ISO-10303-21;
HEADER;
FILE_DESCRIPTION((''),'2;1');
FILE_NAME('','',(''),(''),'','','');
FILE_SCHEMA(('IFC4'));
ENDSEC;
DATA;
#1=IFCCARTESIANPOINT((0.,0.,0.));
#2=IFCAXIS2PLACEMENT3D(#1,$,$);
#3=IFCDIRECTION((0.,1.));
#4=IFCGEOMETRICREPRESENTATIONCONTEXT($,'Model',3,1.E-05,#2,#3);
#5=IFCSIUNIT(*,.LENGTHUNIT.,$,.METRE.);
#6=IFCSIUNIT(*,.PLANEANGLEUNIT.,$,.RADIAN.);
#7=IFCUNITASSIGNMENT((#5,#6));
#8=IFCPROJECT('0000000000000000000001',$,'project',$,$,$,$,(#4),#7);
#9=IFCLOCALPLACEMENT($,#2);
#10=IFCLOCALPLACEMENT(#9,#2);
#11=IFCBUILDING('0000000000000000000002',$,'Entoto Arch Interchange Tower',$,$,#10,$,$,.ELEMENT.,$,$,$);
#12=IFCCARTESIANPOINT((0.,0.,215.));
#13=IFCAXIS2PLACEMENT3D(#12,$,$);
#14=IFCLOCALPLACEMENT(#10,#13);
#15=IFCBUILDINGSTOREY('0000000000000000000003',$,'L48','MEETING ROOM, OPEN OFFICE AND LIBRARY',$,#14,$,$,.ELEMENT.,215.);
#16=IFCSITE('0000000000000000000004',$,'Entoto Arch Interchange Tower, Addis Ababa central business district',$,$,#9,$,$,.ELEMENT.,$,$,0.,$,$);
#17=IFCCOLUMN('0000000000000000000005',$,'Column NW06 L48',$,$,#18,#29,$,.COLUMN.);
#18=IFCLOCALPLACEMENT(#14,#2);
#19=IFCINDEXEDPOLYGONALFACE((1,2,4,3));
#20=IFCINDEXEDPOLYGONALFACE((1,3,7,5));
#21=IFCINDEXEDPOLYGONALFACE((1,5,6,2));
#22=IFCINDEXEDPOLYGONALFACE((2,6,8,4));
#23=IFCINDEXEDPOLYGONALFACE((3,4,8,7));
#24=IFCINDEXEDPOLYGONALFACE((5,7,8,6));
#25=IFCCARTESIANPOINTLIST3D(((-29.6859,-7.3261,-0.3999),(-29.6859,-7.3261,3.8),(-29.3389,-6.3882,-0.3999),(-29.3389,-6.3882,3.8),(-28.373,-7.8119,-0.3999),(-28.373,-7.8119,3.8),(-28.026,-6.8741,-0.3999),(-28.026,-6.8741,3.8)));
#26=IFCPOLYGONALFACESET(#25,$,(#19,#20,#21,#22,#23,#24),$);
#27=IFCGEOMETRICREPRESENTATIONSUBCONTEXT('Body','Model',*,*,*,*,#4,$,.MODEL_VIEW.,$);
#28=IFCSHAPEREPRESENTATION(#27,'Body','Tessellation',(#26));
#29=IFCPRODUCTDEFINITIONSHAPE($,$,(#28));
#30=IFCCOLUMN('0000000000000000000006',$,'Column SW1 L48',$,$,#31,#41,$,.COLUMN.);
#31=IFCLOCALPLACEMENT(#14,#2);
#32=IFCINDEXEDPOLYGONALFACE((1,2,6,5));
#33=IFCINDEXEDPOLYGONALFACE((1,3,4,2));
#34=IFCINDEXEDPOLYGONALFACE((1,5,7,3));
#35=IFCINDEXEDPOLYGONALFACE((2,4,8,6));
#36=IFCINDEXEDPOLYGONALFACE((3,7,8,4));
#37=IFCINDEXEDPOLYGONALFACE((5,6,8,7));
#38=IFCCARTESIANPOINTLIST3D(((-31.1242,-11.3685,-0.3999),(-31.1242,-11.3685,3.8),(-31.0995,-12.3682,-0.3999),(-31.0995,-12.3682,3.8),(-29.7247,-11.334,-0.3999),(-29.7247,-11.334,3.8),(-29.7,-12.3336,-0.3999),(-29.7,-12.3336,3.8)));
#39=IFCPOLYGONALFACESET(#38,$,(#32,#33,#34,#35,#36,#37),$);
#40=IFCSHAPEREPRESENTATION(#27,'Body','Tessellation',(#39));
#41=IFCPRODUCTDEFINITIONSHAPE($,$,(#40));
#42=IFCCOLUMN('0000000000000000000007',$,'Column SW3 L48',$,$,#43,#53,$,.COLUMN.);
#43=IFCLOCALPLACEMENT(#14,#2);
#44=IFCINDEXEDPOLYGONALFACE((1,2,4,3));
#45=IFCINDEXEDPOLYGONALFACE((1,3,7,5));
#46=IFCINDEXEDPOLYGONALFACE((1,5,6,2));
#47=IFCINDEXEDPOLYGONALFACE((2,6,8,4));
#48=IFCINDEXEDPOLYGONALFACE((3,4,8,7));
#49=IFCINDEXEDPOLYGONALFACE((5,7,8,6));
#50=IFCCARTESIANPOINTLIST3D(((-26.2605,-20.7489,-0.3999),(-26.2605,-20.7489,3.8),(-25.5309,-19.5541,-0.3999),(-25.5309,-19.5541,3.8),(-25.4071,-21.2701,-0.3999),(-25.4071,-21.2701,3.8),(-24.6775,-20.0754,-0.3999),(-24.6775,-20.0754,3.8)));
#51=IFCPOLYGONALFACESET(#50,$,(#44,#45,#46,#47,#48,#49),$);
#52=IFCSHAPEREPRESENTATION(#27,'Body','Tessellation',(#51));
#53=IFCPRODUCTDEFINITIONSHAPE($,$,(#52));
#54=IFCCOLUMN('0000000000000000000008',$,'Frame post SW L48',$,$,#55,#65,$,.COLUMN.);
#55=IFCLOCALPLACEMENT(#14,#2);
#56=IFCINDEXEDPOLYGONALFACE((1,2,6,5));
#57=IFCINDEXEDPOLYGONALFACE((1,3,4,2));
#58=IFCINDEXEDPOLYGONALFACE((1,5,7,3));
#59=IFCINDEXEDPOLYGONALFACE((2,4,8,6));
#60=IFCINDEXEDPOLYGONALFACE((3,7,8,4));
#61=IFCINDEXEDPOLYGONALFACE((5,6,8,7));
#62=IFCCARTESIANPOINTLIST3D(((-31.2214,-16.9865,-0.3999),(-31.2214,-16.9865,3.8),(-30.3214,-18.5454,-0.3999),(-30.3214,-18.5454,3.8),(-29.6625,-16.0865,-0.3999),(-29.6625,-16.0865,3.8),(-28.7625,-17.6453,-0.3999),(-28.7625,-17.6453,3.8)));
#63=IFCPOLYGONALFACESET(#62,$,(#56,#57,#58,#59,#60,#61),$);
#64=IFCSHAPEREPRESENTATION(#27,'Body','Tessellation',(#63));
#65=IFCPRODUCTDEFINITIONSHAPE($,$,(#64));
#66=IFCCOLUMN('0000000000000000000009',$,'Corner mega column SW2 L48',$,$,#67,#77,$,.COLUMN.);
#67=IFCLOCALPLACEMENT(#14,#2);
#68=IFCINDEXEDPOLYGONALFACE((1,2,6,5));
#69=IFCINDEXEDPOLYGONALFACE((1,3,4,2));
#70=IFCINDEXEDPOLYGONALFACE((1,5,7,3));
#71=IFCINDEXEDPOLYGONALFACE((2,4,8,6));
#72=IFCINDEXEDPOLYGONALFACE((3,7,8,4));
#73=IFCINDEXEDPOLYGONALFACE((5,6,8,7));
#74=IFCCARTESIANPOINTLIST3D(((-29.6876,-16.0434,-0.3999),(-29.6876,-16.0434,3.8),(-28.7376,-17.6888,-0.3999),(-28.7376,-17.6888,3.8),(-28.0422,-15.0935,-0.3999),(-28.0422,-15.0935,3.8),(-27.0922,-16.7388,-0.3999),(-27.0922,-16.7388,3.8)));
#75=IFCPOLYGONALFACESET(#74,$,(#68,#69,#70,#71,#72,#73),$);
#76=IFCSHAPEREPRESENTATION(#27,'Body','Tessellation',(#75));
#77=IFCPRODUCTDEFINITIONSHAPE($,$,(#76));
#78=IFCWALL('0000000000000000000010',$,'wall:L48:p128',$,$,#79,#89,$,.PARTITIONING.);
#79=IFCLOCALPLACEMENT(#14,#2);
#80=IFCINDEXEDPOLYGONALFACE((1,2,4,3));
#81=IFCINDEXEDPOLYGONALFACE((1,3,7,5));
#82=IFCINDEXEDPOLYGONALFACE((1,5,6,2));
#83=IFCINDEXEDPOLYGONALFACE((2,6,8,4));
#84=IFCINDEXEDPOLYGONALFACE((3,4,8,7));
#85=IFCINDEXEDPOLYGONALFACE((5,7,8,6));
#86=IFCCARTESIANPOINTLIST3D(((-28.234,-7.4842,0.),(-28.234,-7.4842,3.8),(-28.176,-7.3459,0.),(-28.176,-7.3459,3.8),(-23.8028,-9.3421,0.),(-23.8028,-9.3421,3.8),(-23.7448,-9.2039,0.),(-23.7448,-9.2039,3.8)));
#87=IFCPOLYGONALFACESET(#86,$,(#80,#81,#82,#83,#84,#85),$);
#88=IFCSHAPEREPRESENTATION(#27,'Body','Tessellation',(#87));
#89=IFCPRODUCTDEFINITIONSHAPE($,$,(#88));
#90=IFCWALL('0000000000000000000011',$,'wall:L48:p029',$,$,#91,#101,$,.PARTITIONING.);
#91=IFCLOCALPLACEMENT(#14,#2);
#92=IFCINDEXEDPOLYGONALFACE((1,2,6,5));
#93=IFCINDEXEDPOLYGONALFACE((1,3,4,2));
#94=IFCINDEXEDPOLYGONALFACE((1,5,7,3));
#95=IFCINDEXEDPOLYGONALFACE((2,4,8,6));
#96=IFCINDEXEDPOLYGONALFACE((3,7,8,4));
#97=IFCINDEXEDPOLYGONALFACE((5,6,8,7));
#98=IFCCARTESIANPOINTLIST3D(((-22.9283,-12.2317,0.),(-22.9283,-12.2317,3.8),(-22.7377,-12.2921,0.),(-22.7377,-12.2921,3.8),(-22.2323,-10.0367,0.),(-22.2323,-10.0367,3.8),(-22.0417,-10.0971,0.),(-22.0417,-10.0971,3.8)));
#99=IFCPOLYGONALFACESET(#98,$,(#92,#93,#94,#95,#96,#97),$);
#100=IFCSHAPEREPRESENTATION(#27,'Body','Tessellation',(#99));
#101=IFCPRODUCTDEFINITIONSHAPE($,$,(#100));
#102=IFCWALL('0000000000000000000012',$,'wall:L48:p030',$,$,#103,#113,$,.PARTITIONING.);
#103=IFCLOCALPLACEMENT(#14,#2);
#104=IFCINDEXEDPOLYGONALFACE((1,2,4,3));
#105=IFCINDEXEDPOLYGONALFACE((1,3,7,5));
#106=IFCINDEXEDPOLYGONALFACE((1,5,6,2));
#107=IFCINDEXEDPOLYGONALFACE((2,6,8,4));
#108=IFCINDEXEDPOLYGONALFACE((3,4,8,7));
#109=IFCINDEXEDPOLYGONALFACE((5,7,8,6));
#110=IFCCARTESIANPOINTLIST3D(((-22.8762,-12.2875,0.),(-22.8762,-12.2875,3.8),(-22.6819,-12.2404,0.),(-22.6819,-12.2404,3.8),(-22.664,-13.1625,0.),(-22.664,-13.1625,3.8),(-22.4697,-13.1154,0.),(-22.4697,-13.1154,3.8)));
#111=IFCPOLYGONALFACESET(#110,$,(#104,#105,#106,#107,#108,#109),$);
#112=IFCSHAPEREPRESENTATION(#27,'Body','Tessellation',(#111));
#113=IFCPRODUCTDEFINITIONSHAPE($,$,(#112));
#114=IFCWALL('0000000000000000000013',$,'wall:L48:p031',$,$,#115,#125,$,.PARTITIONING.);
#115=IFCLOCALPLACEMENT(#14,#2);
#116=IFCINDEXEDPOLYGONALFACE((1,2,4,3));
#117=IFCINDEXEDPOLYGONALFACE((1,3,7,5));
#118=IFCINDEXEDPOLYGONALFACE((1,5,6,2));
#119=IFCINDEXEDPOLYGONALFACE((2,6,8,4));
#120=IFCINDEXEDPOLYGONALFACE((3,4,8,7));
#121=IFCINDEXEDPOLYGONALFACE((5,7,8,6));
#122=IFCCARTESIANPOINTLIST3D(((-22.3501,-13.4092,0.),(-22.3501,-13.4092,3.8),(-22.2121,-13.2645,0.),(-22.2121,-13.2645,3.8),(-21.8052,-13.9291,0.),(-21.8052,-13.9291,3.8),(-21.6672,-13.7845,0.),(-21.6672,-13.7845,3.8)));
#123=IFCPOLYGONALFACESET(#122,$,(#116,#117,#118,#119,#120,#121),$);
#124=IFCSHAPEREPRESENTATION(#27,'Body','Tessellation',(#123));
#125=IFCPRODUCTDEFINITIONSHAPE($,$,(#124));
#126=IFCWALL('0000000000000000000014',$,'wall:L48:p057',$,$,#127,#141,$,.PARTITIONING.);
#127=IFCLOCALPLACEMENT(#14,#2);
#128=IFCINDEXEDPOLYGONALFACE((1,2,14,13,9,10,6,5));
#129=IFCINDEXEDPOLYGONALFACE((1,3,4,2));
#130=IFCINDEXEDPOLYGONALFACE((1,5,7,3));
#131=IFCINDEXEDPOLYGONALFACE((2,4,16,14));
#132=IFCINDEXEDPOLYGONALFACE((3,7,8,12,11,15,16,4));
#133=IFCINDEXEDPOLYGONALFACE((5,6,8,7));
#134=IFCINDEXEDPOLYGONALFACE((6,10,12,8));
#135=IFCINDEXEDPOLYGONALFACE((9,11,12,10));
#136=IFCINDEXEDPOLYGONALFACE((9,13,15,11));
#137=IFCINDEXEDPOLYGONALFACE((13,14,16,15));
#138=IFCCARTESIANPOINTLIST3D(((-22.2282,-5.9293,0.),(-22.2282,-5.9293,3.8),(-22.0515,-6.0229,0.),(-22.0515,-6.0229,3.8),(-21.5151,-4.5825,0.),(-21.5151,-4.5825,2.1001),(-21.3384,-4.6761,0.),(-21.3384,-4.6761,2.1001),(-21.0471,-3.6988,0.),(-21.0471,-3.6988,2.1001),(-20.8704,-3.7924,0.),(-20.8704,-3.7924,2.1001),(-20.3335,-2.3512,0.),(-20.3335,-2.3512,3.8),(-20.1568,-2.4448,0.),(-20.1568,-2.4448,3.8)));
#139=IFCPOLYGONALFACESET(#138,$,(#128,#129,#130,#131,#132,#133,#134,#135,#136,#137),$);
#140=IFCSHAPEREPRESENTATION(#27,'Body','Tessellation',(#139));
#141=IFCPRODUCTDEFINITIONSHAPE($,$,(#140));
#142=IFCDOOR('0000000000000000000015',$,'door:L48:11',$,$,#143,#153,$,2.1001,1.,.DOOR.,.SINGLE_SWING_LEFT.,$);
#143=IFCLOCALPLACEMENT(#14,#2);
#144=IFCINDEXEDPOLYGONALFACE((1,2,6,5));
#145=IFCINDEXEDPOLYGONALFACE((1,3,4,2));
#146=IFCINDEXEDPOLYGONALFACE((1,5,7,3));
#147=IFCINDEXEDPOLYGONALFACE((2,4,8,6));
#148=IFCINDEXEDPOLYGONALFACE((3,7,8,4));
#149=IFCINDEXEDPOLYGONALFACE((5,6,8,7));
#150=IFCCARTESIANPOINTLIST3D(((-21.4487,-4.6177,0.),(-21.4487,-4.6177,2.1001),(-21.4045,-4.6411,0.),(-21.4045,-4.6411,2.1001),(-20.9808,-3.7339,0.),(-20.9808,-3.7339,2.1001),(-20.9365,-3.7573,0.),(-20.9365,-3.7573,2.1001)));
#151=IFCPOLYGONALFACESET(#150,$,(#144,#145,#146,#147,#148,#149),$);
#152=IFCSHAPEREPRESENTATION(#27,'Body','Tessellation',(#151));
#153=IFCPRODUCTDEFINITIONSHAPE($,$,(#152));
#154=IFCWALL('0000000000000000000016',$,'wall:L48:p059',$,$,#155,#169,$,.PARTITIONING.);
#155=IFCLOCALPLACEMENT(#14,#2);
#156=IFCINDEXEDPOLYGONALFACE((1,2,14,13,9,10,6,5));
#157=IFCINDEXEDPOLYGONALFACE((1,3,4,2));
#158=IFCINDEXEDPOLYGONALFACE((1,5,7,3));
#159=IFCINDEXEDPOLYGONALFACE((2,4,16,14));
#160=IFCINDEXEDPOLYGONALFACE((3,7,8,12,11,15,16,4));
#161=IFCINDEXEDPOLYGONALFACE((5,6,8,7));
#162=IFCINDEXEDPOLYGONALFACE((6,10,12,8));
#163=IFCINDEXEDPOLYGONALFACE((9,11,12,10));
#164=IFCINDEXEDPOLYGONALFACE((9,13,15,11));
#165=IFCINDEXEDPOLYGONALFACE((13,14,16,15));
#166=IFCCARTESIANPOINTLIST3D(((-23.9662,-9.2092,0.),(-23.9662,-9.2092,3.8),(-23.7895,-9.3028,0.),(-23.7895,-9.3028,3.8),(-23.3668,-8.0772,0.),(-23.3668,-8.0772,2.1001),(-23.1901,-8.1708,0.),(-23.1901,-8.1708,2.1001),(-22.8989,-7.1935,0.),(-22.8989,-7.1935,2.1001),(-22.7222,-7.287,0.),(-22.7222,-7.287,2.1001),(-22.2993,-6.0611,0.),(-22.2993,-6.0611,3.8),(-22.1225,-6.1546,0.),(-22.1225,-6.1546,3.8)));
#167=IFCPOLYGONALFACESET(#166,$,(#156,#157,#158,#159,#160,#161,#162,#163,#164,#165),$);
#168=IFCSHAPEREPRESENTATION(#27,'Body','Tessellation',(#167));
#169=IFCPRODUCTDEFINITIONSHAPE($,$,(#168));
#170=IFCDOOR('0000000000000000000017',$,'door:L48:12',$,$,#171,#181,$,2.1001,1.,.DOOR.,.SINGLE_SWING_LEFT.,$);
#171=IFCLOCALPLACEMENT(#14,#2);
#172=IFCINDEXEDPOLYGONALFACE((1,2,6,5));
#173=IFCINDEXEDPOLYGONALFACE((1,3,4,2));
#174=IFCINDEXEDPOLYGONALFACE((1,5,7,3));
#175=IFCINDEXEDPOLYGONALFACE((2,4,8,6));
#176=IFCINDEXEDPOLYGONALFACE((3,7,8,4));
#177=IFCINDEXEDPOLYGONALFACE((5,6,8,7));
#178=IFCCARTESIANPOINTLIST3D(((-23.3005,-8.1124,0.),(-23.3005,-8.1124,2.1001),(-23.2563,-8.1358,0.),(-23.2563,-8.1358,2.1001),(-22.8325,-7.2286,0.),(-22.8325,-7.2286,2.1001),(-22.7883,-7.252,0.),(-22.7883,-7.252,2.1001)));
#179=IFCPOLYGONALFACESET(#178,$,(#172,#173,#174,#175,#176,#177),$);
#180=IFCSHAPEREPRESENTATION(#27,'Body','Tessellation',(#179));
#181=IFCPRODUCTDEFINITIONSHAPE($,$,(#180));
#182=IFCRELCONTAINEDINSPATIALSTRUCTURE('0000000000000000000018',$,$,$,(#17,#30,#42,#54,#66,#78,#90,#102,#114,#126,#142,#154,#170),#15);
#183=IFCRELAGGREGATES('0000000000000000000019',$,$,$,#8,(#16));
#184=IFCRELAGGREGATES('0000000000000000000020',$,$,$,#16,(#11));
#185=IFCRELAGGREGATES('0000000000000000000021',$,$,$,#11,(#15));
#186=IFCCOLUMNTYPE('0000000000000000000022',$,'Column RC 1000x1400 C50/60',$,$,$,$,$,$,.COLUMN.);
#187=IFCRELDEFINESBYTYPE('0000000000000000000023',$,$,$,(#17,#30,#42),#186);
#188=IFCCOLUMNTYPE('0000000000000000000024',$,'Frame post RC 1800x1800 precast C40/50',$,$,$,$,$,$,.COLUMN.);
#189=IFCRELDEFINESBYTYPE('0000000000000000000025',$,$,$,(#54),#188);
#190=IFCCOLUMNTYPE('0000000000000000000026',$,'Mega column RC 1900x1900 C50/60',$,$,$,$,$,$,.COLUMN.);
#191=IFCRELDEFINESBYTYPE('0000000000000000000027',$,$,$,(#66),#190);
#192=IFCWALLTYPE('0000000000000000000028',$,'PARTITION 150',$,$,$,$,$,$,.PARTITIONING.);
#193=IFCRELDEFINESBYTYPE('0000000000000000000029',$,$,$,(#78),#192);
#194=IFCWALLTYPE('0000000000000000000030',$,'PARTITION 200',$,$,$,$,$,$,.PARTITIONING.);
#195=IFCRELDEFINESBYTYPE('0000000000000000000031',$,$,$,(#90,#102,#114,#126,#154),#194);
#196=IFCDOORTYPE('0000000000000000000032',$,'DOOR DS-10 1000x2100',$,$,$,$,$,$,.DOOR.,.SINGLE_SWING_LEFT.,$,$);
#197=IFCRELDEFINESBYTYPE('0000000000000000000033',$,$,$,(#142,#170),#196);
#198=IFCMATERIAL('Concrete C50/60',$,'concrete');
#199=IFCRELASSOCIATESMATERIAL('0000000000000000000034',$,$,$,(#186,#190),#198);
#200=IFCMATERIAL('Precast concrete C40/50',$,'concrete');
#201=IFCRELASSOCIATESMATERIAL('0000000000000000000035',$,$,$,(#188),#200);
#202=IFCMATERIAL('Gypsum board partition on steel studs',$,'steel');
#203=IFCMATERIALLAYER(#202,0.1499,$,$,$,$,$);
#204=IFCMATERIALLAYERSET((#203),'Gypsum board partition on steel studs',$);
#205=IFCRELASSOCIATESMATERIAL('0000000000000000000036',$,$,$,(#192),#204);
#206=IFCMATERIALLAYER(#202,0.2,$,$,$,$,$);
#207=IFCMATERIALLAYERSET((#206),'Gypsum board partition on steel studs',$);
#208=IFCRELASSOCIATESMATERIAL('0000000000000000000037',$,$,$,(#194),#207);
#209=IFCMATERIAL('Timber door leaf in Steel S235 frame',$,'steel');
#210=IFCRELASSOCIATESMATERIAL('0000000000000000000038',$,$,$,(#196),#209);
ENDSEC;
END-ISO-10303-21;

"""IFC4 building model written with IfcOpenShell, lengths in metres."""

from ifc_helpers import new_model, si_unit, direction, frame, frame_2d, origin, origin_2d, place, context, subcontext, project, spatial, rectangle, extrude, material, layer, layer_set, material_profile, profile_set, type_object, element, fill, save


model = new_model("IFC4")

# Units and contexts
model_context = context("Model", 3, precision=1e-05, world=origin(), true_north=direction((0.0, 1.0)))
body_context = subcontext(model_context, "Body", "Model", "MODEL_VIEW")
ifc_project = project(units=[si_unit("LENGTHUNIT", "METRE"), si_unit("PLANEANGLEUNIT", "RADIAN")], contexts=[model_context])

# Site, building, storey
site_placement = place(None, origin())
site = spatial("IfcSite", under=ifc_project, at=site_placement, Name="Entoto Arch Interchange Tower, Addis Ababa central business district", CompositionType="ELEMENT", RefElevation=0.0)
building_placement = place(site_placement, origin())
building = spatial("IfcBuilding", under=site, at=building_placement, Name="Entoto Arch Interchange Tower", CompositionType="ELEMENT")
storey_placement = place(building_placement, frame((0.0, 0.0, 215.0)))
storey = spatial("IfcBuildingStorey", under=building, at=storey_placement, Name="L48", Description="MEETING ROOM, OPEN OFFICE AND LIBRARY", CompositionType="ELEMENT", Elevation=215.0)

# Columns
ifc_material_1 = material(Name="Concrete C50/60", Category="concrete")
ifc_material_profile_1 = material_profile(ifc_material_1, rectangle(XDim=1.0, YDim=1.3999, at=origin_2d()))
ifc_profile_set_1 = profile_set([ifc_material_profile_1], Name="Concrete C50/60")
column_type_1 = type_object("IfcColumnType", Name="Column RC 1000x1400 C50/60", PredefinedType="COLUMN", material=ifc_profile_set_1)
for number, where, z_axis, x_axis, name in (
    (1, (-28.856, -7.1001, -0.3999), (0.0, 0.0, 1.0), (0.347067, 0.93784, 0.0), "Column NW06 L48"),
    (2, (-30.4121, -11.8511, -0.3999), (0.0, 0.0, 1.0), (-0.024676, 0.999695, 0.0), "Column SW1 L48"),
    (3, (-25.469, -20.4121, -0.3999), (0.0, 0.0, 1.0), (-0.853423, 0.521218, 0.0), "Column SW3 L48"),
):
    element("IfcColumn", number, at=place(storey_placement, frame(where, z_axis=z_axis, x_axis=x_axis)), inside=storey, type_object=column_type_1, Name=name, PredefinedType="COLUMN", context=body_context, shape_type="SweptSolid", body=[
        extrude(rectangle(XDim=1.0, YDim=1.3999, at=origin_2d()), origin(), (0.0, 0.0, 1.0), 4.2),
    ])
ifc_material_2 = material(Name="Precast concrete C40/50", Category="concrete")
ifc_material_profile_2 = material_profile(ifc_material_2, rectangle(XDim=1.8, YDim=1.8, at=origin_2d()))
ifc_profile_set_2 = profile_set([ifc_material_profile_2], Name="Precast concrete C40/50")
column_type_2 = type_object("IfcColumnType", Name="Frame post RC 1800x1800 precast C40/50", PredefinedType="COLUMN", material=ifc_profile_set_2)
column_1_placement = place(storey_placement, frame((-29.9919, -17.3159, -0.3999), z_axis=(0.0, 0.0, 1.0), x_axis=(0.866025, 0.5, 0.0)))
element("IfcColumn", 4, at=column_1_placement, inside=storey, type_object=column_type_2, Name="Frame post SW L48", PredefinedType="COLUMN", context=body_context, shape_type="SweptSolid", body=[
    extrude(rectangle(XDim=1.8, YDim=1.8, at=origin_2d()), origin(), (0.0, 0.0, 1.0), 4.2),
])
ifc_material_profile_3 = material_profile(ifc_material_1, rectangle(XDim=1.8999, YDim=1.8999, at=origin_2d()))
ifc_profile_set_3 = profile_set([ifc_material_profile_3], Name="Concrete C50/60")
column_type_3 = type_object("IfcColumnType", Name="Mega column RC 1900x1900 C50/60", PredefinedType="COLUMN", material=ifc_profile_set_3)
column_2_placement = place(storey_placement, frame((-28.3899, -16.3911, -0.3999), z_axis=(0.0, 0.0, 1.0), x_axis=(0.866025, 0.5, 0.0)))
element("IfcColumn", 5, at=column_2_placement, inside=storey, type_object=column_type_3, Name="Corner mega column SW2 L48", PredefinedType="COLUMN", context=body_context, shape_type="SweptSolid", body=[
    extrude(rectangle(XDim=1.8999, YDim=1.8999, at=origin_2d()), origin(), (0.0, 0.0, 1.0), 4.2),
])

# Walls
ifc_material_3 = material(Name="Gypsum board partition on steel studs", Category="steel")
ifc_layer_1 = layer(ifc_material_3, 0.1499)
ifc_layer_set_1 = layer_set([ifc_layer_1], Name="Gypsum board partition on steel studs")
wall_type_1 = type_object("IfcWallType", Name="PARTITION 150", PredefinedType="PARTITIONING", material=ifc_layer_set_1)
wall_1_placement = place(storey_placement, frame((-23.7739, -9.2729, 0.0), z_axis=(0.0, 0.0, 1.0), x_axis=(-0.922218, 0.386671, 0.0)))
element("IfcWall", 6, at=wall_1_placement, inside=storey, type_object=wall_type_1, Name="wall:L48:p128", PredefinedType="PARTITIONING", context=body_context, shape_type="SweptSolid", body=[
    extrude(rectangle(XDim=4.8049, YDim=0.1499, at=frame_2d((2.4023, 0.0))), origin(), (0.0, 0.0, 1.0), 3.8),
])
ifc_layer_2 = layer(ifc_material_3, 0.2)
ifc_layer_set_2 = layer_set([ifc_layer_2], Name="Gypsum board partition on steel studs")
wall_type_2 = type_object("IfcWallType", Name="PARTITION 200", PredefinedType="PARTITIONING", material=ifc_layer_set_2)
wall_2_placement = place(storey_placement, frame((-22.137, -10.0669, 0.0), z_axis=(0.0, 0.0, 1.0), x_axis=(-0.302263, -0.953225, 0.0)))
element("IfcWall", 7, at=wall_2_placement, inside=storey, type_object=wall_type_2, Name="wall:L48:p029", PredefinedType="PARTITIONING", context=body_context, shape_type="SweptSolid", body=[
    extrude(rectangle(XDim=2.3027, YDim=0.2, at=frame_2d((1.1514, 0.0))), origin(), (0.0, 0.0, 1.0), 3.8),
])
wall_3_placement = place(storey_placement, frame((-22.7791, -12.2639, 0.0), z_axis=(0.0, 0.0, 1.0), x_axis=(0.235639, -0.971841, 0.0)))
element("IfcWall", 8, at=wall_3_placement, inside=storey, type_object=wall_type_2, Name="wall:L48:p030", PredefinedType="PARTITIONING", context=body_context, shape_type="SweptSolid", body=[
    extrude(rectangle(XDim=0.9004, YDim=0.2, at=frame_2d((0.4502, 0.0))), origin(), (0.0, 0.0, 1.0), 3.8),
])
wall_4_placement = place(storey_placement, frame((-22.281, -13.3369, 0.0), z_axis=(0.0, 0.0, 1.0), x_axis=(0.723444, -0.690383, 0.0)))
element("IfcWall", 9, at=wall_4_placement, inside=storey, type_object=wall_type_2, Name="wall:L48:p031", PredefinedType="PARTITIONING", context=body_context, shape_type="SweptSolid", body=[
    extrude(rectangle(XDim=0.7532, YDim=0.2, at=frame_2d((0.3765, 0.0))), origin(), (0.0, 0.0, 1.0), 3.8),
])

# Walls, openings, doors
wall_5_placement = place(storey_placement, frame((-22.1399, -5.9761, 0.0), z_axis=(0.0, 0.0, 1.0), x_axis=(0.467979, 0.88374, 0.0)))
wall_5 = element("IfcWall", 10, at=wall_5_placement, inside=storey, type_object=wall_type_2, Name="wall:L48:p057", PredefinedType="PARTITIONING", context=body_context, shape_type="SweptSolid", body=[
    extrude(rectangle(XDim=4.0488, YDim=0.2, at=frame_2d((2.0244, 0.0))), origin(), (0.0, 0.0, 1.0), 3.8),
])
opening_1_placement = place(wall_5_placement, frame((1.5239, 0.0, 0.0)))
opening_1 = element("IfcOpeningElement", 11, at=opening_1_placement, cuts=wall_5, PredefinedType="OPENING", context=body_context, shape_type="SweptSolid", body=[
    extrude(rectangle(XDim=1.0, YDim=2.1001, at=frame_2d((0.5, 1.05))), frame((0.0, 0.1099, 0.0), z_axis=(0.0, -1.0, 0.0), x_axis=(1.0, 0.0, 0.0)), (0.0, 0.0, 1.0), 0.22),
])
ifc_material_4 = material(Name="Timber door leaf in Steel S235 frame", Category="steel")
door_type = type_object("IfcDoorType", Name="DOOR DS-10 1000x2100", OperationType="SINGLE_SWING_LEFT", PredefinedType="DOOR", material=ifc_material_4)
door_1_placement = place(opening_1_placement, origin())
door_1 = element("IfcDoor", 12, at=door_1_placement, inside=storey, type_object=door_type, Name="door:L48:11", OperationType="SINGLE_SWING_LEFT", OverallHeight=2.1001, OverallWidth=1.0, PredefinedType="DOOR", context=body_context, shape_type="SweptSolid", body=[
    extrude(rectangle(XDim=1.0, YDim=2.1001, at=frame_2d((0.5, 1.05))), frame((0.0, 0.0249, 0.0), z_axis=(0.0, -1.0, 0.0), x_axis=(1.0, 0.0, 0.0)), (0.0, 0.0, 1.0), 0.05),
])
fill(opening_1, door_1)
wall_6_placement = place(storey_placement, frame((-23.8779, -9.2561, 0.0), z_axis=(0.0, 0.0, 1.0), x_axis=(0.467954, 0.883753, 0.0)))
wall_6 = element("IfcWall", 13, at=wall_6_placement, inside=storey, type_object=wall_type_2, Name="wall:L48:p059", PredefinedType="PARTITIONING", context=body_context, shape_type="SweptSolid", body=[
    extrude(rectangle(XDim=3.5623, YDim=0.2, at=frame_2d((1.7812, 0.0))), origin(), (0.0, 0.0, 1.0), 3.8),
])
opening_2_placement = place(wall_6_placement, frame((1.281, 0.0, 0.0)))
opening_2 = element("IfcOpeningElement", 14, at=opening_2_placement, cuts=wall_6, PredefinedType="OPENING", context=body_context, shape_type="SweptSolid", body=[
    extrude(rectangle(XDim=1.0, YDim=2.1001, at=frame_2d((0.5, 1.05))), frame((0.0, 0.1099, 0.0), z_axis=(0.0, -1.0, 0.0), x_axis=(1.0, 0.0, 0.0)), (0.0, 0.0, 1.0), 0.22),
])
door_2_placement = place(opening_2_placement, origin())
door_2 = element("IfcDoor", 15, at=door_2_placement, inside=storey, type_object=door_type, Name="door:L48:12", OperationType="SINGLE_SWING_LEFT", OverallHeight=2.1001, OverallWidth=1.0, PredefinedType="DOOR", context=body_context, shape_type="SweptSolid", body=[
    extrude(rectangle(XDim=1.0, YDim=2.1001, at=frame_2d((0.5, 1.05))), frame((0.0, 0.0249, 0.0), z_axis=(0.0, -1.0, 0.0), x_axis=(1.0, 0.0, 0.0)), (0.0, 0.0, 1.0), 0.05),
])
fill(opening_2, door_2)

save(model, "model.ifc")
